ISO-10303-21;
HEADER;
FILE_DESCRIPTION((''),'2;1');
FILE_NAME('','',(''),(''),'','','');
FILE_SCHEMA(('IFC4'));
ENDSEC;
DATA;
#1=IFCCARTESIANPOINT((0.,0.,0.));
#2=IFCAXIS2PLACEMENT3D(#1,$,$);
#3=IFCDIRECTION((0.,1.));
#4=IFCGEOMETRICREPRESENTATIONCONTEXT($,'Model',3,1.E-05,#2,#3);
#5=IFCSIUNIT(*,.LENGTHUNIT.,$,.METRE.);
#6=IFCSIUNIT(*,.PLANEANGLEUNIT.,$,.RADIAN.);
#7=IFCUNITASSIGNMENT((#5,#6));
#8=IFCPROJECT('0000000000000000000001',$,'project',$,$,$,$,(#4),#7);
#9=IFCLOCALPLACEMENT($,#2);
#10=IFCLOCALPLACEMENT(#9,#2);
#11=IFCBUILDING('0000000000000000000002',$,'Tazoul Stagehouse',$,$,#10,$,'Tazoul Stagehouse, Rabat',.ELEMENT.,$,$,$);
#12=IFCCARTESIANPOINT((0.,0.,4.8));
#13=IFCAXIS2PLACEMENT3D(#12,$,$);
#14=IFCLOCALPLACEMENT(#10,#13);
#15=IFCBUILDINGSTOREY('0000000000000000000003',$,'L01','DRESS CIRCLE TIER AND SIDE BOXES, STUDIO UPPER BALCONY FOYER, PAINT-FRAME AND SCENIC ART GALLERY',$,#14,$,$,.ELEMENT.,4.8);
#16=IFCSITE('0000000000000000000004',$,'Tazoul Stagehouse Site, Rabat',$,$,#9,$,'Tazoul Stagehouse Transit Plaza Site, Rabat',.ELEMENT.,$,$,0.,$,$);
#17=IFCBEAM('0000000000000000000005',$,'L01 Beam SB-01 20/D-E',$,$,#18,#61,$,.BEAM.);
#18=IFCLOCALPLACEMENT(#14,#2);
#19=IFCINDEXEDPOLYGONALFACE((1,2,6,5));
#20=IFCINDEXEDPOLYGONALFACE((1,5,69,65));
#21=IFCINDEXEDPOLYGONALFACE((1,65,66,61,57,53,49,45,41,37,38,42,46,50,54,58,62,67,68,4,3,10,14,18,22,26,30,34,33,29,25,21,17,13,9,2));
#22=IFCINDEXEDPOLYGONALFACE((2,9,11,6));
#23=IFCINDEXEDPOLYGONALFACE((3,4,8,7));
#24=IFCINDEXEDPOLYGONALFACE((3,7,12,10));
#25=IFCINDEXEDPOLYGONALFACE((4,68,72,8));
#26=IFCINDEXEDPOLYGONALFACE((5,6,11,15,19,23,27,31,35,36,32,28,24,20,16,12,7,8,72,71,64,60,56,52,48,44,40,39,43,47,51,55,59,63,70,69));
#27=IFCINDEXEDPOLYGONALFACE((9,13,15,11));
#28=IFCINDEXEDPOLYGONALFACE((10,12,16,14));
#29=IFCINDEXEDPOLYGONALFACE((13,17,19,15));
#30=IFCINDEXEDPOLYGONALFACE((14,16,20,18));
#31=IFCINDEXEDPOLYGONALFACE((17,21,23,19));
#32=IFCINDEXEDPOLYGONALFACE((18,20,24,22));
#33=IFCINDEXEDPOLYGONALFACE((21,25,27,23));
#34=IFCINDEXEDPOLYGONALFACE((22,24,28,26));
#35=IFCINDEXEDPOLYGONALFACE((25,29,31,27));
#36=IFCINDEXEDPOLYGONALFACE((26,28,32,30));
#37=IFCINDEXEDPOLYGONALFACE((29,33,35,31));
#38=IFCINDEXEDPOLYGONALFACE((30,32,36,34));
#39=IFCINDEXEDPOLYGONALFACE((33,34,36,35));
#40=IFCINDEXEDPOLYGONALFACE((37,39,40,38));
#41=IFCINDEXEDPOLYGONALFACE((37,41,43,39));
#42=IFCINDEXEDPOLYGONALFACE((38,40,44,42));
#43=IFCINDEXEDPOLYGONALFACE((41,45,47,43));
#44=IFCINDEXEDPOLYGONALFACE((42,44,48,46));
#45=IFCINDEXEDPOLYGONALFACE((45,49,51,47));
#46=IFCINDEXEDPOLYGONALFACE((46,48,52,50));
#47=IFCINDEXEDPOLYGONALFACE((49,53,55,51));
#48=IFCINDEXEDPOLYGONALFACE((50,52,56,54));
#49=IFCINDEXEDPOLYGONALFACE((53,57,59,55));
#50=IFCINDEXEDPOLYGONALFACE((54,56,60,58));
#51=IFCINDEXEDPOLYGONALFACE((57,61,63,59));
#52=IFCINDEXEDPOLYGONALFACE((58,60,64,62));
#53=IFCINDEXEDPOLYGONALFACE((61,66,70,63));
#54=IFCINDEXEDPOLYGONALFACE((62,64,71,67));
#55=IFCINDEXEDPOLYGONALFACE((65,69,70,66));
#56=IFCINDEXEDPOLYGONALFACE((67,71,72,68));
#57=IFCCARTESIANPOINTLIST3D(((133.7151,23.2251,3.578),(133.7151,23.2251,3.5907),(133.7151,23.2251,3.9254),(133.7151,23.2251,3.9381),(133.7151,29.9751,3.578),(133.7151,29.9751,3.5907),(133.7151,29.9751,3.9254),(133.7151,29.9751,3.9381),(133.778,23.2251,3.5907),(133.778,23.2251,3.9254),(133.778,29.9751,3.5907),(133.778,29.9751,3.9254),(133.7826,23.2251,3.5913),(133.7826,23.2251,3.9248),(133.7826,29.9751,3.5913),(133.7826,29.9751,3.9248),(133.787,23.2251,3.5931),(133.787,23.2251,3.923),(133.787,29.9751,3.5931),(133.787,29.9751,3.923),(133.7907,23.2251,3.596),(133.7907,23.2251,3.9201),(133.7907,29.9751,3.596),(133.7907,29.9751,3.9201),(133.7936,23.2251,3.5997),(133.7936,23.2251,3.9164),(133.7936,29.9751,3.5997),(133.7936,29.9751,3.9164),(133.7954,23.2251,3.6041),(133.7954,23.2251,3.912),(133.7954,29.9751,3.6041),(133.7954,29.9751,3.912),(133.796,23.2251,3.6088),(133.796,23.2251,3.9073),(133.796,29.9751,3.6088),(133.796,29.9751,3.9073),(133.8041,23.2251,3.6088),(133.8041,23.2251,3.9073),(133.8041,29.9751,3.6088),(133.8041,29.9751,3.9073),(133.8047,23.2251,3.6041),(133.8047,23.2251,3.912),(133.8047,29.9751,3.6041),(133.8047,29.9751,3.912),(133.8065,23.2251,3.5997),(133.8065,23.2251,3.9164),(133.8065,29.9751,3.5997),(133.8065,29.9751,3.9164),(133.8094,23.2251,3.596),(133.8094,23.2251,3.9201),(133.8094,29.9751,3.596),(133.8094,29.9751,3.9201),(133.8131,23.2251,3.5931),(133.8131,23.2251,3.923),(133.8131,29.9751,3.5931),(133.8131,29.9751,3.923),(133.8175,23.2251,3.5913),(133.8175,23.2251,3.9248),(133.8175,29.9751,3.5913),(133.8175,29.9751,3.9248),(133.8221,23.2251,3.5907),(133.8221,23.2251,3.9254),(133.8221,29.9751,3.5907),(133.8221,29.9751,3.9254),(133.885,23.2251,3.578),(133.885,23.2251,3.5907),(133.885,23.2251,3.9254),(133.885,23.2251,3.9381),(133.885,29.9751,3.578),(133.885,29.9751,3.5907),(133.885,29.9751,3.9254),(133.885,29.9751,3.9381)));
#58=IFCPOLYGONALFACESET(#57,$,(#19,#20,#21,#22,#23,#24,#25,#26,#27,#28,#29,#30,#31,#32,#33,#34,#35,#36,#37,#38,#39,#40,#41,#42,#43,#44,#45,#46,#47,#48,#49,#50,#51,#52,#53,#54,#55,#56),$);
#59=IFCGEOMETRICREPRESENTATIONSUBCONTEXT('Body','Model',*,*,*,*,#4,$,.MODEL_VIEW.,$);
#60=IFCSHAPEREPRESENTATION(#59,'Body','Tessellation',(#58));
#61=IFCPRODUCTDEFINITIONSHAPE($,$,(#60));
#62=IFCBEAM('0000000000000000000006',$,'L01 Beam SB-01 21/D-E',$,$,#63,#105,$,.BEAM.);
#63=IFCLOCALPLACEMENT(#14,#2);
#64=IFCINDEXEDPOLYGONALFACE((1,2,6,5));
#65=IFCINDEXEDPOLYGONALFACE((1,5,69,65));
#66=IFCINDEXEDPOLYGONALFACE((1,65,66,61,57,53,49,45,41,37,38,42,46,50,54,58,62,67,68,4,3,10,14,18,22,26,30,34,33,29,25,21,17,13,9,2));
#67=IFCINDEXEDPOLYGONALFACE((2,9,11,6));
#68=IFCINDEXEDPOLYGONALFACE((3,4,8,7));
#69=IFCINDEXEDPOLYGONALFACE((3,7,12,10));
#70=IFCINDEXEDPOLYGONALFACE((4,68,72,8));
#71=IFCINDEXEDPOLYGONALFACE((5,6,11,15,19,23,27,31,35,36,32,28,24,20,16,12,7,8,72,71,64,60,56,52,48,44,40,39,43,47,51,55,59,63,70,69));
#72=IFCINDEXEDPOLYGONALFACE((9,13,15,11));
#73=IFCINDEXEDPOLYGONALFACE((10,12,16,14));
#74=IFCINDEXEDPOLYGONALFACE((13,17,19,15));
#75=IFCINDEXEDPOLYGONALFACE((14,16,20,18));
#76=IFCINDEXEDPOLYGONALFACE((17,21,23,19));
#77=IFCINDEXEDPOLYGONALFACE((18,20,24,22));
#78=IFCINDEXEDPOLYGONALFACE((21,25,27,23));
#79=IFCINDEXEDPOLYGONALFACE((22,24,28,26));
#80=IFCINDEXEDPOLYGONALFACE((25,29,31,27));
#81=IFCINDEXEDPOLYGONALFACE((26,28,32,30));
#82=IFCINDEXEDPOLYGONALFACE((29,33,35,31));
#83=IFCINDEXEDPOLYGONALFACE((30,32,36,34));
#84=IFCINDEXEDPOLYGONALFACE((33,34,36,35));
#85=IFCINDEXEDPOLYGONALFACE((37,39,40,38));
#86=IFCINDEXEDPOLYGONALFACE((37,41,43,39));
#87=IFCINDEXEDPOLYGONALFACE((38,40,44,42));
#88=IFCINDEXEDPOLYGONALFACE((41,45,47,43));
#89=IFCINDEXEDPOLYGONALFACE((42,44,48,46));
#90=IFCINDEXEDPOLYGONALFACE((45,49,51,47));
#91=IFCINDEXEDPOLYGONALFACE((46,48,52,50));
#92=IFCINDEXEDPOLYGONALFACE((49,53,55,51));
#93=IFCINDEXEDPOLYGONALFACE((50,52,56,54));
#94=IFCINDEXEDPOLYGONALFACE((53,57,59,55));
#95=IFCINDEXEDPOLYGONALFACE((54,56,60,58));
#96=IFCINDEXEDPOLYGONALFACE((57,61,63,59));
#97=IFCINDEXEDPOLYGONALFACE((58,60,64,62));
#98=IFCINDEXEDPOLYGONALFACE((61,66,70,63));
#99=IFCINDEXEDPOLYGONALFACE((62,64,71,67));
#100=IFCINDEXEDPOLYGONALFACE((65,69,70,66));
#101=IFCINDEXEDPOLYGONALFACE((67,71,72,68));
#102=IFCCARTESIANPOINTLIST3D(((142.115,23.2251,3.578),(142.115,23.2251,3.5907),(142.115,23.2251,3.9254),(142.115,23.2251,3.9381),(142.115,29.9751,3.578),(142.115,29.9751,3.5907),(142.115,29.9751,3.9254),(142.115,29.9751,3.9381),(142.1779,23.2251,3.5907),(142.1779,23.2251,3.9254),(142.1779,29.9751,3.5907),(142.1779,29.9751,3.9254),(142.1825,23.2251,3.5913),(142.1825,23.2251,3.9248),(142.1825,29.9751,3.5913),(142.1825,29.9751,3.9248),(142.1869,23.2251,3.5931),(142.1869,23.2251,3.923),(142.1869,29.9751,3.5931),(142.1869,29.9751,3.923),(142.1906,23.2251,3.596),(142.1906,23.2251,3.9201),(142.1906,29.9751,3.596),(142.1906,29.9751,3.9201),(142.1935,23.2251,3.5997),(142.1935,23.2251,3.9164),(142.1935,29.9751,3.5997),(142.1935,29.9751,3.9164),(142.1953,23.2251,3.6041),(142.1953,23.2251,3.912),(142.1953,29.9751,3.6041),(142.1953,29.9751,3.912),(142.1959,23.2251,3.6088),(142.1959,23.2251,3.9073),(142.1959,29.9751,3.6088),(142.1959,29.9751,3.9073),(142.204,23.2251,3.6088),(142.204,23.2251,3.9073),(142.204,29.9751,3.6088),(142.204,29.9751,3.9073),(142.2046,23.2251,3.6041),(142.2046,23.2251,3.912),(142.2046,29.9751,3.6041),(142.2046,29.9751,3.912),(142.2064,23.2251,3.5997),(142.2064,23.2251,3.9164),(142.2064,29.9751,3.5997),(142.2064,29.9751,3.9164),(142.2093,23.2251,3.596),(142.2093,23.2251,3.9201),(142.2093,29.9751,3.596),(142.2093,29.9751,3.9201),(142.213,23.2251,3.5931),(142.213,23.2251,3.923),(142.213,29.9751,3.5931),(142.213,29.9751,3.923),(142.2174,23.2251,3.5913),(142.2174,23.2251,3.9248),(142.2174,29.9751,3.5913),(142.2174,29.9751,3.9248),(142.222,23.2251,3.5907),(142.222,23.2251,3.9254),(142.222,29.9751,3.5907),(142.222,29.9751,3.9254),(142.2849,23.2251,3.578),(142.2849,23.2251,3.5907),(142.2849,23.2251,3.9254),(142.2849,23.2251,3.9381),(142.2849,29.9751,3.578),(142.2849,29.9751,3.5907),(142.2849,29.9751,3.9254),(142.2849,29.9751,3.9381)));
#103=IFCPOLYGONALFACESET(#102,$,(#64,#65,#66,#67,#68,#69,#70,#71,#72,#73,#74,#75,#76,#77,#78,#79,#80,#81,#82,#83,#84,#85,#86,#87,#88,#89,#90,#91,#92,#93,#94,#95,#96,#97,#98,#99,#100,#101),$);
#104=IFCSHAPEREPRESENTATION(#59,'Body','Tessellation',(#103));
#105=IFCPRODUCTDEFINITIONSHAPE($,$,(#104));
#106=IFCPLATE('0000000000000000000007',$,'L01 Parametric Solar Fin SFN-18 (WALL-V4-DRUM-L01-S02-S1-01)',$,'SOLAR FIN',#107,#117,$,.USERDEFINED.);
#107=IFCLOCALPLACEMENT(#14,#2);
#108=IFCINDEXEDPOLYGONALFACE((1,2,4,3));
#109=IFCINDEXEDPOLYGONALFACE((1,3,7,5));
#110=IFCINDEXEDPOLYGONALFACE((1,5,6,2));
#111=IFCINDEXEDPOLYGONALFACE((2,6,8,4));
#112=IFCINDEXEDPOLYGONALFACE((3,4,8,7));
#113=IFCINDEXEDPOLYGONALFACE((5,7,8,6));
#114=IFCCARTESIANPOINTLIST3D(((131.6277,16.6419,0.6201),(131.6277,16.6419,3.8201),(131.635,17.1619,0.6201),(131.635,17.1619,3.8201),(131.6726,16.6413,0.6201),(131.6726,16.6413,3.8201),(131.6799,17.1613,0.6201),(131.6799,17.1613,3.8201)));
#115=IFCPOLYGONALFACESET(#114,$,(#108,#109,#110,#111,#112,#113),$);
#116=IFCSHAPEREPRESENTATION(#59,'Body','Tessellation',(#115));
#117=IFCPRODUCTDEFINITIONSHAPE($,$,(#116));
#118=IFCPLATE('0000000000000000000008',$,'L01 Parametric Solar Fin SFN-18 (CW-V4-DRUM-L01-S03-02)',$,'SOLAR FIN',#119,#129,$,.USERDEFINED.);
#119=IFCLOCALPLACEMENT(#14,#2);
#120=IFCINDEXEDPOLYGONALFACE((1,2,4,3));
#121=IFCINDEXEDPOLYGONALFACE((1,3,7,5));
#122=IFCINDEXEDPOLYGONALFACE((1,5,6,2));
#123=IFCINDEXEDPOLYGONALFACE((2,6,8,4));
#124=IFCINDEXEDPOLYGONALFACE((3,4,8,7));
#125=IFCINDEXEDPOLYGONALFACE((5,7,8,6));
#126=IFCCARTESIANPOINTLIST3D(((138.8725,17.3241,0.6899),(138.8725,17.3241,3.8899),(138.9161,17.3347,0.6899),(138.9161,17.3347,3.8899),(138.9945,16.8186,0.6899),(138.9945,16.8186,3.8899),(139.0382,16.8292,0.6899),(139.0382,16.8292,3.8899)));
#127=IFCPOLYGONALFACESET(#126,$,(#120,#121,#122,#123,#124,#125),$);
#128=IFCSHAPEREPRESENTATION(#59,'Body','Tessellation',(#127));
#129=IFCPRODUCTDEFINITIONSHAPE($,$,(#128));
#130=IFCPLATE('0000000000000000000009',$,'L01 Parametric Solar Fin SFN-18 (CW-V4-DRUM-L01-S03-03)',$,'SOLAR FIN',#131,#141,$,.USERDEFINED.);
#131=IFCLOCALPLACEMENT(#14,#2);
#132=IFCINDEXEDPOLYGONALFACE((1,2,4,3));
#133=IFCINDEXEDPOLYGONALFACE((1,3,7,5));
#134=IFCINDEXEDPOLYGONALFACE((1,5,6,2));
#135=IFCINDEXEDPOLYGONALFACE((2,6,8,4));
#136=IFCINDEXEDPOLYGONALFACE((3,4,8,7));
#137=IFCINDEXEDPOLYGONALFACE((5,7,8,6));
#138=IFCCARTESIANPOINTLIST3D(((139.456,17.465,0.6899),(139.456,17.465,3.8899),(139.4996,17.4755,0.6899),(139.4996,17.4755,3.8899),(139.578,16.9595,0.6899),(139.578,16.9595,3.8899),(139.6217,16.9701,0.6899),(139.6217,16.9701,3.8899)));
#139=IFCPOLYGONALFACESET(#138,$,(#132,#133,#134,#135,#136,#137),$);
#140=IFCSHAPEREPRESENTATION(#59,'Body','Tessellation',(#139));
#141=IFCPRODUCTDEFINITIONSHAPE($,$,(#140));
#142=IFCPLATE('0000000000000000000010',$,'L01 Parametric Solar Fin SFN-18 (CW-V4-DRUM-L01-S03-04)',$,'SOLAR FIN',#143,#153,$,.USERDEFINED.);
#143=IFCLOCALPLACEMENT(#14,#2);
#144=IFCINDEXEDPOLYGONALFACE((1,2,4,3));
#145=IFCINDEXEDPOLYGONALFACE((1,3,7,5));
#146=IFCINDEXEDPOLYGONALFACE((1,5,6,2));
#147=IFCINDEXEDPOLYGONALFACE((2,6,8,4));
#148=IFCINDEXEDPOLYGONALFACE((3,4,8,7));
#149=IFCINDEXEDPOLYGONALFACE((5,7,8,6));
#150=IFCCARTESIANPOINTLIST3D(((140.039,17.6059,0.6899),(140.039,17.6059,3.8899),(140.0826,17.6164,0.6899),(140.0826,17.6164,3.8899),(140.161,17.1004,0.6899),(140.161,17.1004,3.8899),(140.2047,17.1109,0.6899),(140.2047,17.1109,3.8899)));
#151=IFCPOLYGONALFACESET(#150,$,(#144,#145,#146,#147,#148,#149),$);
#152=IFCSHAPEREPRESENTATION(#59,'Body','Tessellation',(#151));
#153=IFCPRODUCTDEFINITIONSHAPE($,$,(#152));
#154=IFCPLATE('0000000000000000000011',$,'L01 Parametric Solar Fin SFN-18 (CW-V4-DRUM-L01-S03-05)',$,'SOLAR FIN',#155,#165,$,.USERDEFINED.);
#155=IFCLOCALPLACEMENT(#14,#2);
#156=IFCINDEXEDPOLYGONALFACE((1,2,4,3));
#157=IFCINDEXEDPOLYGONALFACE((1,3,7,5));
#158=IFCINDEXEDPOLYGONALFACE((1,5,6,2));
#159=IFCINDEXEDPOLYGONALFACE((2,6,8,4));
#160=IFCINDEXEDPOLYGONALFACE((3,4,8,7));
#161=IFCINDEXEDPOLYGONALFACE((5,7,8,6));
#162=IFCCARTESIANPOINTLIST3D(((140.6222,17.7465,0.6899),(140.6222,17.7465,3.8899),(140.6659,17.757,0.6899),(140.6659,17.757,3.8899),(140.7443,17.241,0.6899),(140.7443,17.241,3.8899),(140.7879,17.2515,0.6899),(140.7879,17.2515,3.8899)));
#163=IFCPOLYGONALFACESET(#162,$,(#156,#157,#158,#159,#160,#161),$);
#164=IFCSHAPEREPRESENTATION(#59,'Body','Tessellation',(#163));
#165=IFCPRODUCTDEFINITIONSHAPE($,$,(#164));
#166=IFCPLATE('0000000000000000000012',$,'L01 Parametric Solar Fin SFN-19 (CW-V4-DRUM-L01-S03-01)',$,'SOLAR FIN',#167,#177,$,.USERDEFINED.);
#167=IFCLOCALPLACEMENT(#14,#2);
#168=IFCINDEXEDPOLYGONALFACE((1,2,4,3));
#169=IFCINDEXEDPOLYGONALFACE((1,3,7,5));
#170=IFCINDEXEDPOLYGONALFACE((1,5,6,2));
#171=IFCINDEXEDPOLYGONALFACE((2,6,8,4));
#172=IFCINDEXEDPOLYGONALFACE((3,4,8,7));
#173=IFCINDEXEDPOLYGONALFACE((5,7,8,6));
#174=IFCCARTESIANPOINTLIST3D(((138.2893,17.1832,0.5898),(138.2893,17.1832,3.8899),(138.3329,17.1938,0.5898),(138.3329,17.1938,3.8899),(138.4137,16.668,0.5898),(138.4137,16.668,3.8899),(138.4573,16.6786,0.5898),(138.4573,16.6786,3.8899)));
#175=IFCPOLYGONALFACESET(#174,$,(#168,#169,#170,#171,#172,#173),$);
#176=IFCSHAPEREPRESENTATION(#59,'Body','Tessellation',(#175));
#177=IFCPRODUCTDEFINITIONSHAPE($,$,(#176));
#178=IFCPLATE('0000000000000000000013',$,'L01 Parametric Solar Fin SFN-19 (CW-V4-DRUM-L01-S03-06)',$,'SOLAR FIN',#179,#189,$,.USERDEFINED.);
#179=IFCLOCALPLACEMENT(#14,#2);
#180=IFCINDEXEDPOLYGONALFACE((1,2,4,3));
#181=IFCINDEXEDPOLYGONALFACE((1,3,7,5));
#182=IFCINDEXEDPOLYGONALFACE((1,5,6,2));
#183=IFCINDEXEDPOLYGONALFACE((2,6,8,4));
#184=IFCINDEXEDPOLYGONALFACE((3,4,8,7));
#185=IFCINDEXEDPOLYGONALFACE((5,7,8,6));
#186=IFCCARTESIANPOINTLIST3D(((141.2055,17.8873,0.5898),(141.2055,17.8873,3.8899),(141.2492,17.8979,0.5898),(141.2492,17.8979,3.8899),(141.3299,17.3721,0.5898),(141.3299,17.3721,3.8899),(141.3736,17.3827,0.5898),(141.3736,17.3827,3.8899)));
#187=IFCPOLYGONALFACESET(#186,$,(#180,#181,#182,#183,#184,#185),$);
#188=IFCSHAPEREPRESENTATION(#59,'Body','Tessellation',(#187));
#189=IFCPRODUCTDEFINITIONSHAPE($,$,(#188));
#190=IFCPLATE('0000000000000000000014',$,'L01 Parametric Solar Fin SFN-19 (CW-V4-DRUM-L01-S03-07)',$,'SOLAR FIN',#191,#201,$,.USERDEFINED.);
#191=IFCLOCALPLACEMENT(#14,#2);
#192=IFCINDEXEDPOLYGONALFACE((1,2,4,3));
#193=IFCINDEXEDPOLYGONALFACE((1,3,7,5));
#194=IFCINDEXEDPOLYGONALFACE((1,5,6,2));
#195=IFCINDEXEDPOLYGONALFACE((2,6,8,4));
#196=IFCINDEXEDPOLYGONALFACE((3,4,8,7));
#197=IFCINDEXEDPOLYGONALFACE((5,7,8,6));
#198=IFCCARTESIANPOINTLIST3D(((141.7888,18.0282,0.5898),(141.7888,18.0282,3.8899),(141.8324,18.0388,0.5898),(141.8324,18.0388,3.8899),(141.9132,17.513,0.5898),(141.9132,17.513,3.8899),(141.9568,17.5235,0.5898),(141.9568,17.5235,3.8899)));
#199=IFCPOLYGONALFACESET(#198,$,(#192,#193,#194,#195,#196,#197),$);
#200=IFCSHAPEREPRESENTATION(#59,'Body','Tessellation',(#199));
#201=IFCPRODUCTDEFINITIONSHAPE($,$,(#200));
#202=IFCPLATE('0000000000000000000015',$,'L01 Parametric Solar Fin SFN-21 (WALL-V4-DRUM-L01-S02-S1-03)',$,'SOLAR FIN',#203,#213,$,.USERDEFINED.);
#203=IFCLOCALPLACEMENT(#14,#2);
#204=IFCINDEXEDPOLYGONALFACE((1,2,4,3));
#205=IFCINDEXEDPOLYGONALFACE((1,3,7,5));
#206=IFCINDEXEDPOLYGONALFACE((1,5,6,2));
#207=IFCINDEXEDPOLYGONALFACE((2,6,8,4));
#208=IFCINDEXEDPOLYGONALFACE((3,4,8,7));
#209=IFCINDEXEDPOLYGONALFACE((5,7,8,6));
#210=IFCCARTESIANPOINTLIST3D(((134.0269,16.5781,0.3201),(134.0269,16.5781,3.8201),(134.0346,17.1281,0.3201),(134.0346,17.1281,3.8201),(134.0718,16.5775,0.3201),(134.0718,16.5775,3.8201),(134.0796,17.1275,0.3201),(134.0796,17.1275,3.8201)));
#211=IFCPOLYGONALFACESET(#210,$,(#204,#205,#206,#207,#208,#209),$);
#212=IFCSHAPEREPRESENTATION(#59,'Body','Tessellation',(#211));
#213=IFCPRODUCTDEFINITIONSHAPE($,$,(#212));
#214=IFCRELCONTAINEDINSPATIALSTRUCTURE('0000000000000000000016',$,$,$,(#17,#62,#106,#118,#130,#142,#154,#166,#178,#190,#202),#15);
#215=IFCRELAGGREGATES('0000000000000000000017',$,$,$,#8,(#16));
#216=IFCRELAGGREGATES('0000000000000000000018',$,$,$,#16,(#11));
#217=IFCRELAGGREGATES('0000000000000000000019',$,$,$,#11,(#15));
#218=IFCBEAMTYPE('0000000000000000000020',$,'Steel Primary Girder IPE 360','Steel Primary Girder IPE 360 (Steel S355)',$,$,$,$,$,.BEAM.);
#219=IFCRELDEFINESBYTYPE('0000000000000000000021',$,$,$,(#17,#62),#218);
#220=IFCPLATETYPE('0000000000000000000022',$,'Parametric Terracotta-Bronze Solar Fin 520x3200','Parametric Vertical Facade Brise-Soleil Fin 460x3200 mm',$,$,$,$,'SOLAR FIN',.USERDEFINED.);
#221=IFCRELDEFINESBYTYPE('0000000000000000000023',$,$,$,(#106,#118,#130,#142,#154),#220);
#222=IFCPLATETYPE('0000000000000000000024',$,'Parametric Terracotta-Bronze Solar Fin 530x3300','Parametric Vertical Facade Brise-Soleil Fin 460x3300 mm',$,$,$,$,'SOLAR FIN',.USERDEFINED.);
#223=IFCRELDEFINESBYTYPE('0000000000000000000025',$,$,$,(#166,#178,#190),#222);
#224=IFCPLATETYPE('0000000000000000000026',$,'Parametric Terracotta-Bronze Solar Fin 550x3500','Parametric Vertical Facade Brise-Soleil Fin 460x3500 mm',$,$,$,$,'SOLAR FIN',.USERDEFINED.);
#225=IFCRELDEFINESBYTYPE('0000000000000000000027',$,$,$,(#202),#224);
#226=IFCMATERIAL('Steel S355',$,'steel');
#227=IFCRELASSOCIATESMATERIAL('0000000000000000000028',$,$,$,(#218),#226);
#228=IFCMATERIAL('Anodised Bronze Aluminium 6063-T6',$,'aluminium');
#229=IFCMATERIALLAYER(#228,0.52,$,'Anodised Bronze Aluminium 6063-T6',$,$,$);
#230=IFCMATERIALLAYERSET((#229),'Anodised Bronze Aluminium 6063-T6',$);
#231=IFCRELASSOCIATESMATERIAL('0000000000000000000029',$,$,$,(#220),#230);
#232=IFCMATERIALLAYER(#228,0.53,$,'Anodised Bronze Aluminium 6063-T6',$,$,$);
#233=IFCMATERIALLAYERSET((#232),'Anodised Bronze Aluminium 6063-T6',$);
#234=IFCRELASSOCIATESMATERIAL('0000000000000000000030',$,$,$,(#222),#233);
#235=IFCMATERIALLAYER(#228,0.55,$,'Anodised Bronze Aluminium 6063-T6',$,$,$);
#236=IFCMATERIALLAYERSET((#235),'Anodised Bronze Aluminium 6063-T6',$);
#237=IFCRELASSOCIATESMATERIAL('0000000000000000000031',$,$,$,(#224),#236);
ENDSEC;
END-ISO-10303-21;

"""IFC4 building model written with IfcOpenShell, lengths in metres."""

from ifc_helpers import new_model, si_unit, direction, frame, origin, origin_2d, place, context, subcontext, project, spatial, rectangle, i_section, extrude, material, layer, layer_set, material_profile, profile_set, type_object, element, save


model = new_model("IFC4")

# Units and contexts
model_context = context("Model", 3, precision=1e-05, world=origin(), true_north=direction((0.0, 1.0)))
body_context = subcontext(model_context, "Body", "Model", "MODEL_VIEW")
ifc_project = project(units=[si_unit("LENGTHUNIT", "METRE"), si_unit("PLANEANGLEUNIT", "RADIAN")], contexts=[model_context])

# Site, building, storey
site_placement = place(None, origin())
site = spatial("IfcSite", under=ifc_project, at=site_placement, Name="Tazoul Stagehouse Site, Rabat", LongName="Tazoul Stagehouse Transit Plaza Site, Rabat", CompositionType="ELEMENT", RefElevation=0.0)
building_placement = place(site_placement, origin())
building = spatial("IfcBuilding", under=site, at=building_placement, Name="Tazoul Stagehouse", LongName="Tazoul Stagehouse, Rabat", CompositionType="ELEMENT")
storey_placement = place(building_placement, frame((0.0, 0.0, 4.8)))
storey = spatial("IfcBuildingStorey", under=building, at=storey_placement, Name="L01", Description="DRESS CIRCLE TIER AND SIDE BOXES, STUDIO UPPER BALCONY FOYER, PAINT-FRAME AND SCENIC ART GALLERY", CompositionType="ELEMENT", Elevation=4.8)

# Beams
ifc_material_1 = material(Name="Steel S355", Category="steel")
ifc_material_profile_1 = material_profile(ifc_material_1, i_section(OverallWidth=0.1699, OverallDepth=0.3601, WebThickness=0.0081, FlangeThickness=0.0127, FilletRadius=0.0181, at=origin_2d()), Name="IPE 360")
ifc_profile_set_1 = profile_set([ifc_material_profile_1], Name="Steel S355")
beam_type_1 = type_object("IfcBeamType", Name="Steel Primary Girder IPE 360", Description="Steel Primary Girder IPE 360 (Steel S355)", PredefinedType="BEAM", material=ifc_profile_set_1)
for number, where, z_axis, x_axis, name in (
    (1, (133.8, 23.2251, 3.7581), (0.0, 1.0, 0.0), (-1.0, 0.0, 0.0), "L01 Beam SB-01 20/D-E"),
    (2, (142.2, 23.2251, 3.7581), (0.0, 1.0, 0.0), (-1.0, 0.0, 0.0), "L01 Beam SB-01 21/D-E"),
):
    element("IfcBeam", number, at=place(storey_placement, frame(where, z_axis=z_axis, x_axis=x_axis)), inside=storey, type_object=beam_type_1, Name=name, PredefinedType="BEAM", context=body_context, shape_type="SweptSolid", body=[
        extrude(i_section(OverallWidth=0.1699, OverallDepth=0.3601, WebThickness=0.0081, FlangeThickness=0.0127, FilletRadius=0.0181, at=origin_2d()), origin(), (0.0, 0.0, 1.0), 6.75),
    ])

# Plates
ifc_material_2 = material(Name="Anodised Bronze Aluminium 6063-T6", Category="aluminium")
ifc_layer_1 = layer(ifc_material_2, 0.52, Name="Anodised Bronze Aluminium 6063-T6")
ifc_layer_set_1 = layer_set([ifc_layer_1], Name="Anodised Bronze Aluminium 6063-T6")
plate_type_1 = type_object("IfcPlateType", Name="Parametric Terracotta-Bronze Solar Fin 520x3200", Description="Parametric Vertical Facade Brise-Soleil Fin 460x3200 mm", ElementType="SOLAR FIN", PredefinedType="USERDEFINED", material=ifc_layer_set_1)
for number, where, z_axis, x_axis, name in (
    (3, (131.6538, 16.9016, 0.6201), (0.0, 0.0, 1.0), (0.9999, -0.014109, 0.0), "L01 Parametric Solar Fin SFN-18 (WALL-V4-DRUM-L01-S02-S1-01)"),
    (4, (138.9553, 17.0767, 0.6899), (0.0, 0.0, 1.0), (0.972063, 0.23472, 0.0), "L01 Parametric Solar Fin SFN-18 (CW-V4-DRUM-L01-S03-02)"),
    (5, (139.5388, 17.2175, 0.6899), (0.0, 0.0, 1.0), (0.972063, 0.23472, 0.0), "L01 Parametric Solar Fin SFN-18 (CW-V4-DRUM-L01-S03-03)"),
    (6, (140.1218, 17.3584, 0.6899), (0.0, 0.0, 1.0), (0.972063, 0.23472, 0.0), "L01 Parametric Solar Fin SFN-18 (CW-V4-DRUM-L01-S03-04)"),
    (7, (140.7051, 17.499, 0.6899), (0.0, 0.0, 1.0), (0.972063, 0.23472, 0.0), "L01 Parametric Solar Fin SFN-18 (CW-V4-DRUM-L01-S03-05)"),
):
    element("IfcPlate", number, at=place(storey_placement, frame(where, z_axis=z_axis, x_axis=x_axis)), inside=storey, type_object=plate_type_1, Name=name, ObjectType="SOLAR FIN", PredefinedType="USERDEFINED", context=body_context, shape_type="SweptSolid", body=[
        extrude(rectangle(XDim=0.0449, YDim=0.52, at=origin_2d()), origin(), (0.0, 0.0, 1.0), 3.2),
    ])
ifc_layer_2 = layer(ifc_material_2, 0.53, Name="Anodised Bronze Aluminium 6063-T6")
ifc_layer_set_2 = layer_set([ifc_layer_2], Name="Anodised Bronze Aluminium 6063-T6")
plate_type_2 = type_object("IfcPlateType", Name="Parametric Terracotta-Bronze Solar Fin 530x3300", Description="Parametric Vertical Facade Brise-Soleil Fin 460x3300 mm", ElementType="SOLAR FIN", PredefinedType="USERDEFINED", material=ifc_layer_set_2)
for number, where, z_axis, x_axis, name in (
    (8, (138.3733, 16.9309, 0.5898), (0.0, 0.0, 1.0), (0.972063, 0.23472, 0.0), "L01 Parametric Solar Fin SFN-19 (CW-V4-DRUM-L01-S03-01)"),
    (9, (141.2896, 17.635, 0.5898), (0.0, 0.0, 1.0), (0.972063, 0.23472, 0.0), "L01 Parametric Solar Fin SFN-19 (CW-V4-DRUM-L01-S03-06)"),
    (10, (141.8728, 17.7759, 0.5898), (0.0, 0.0, 1.0), (0.972063, 0.23472, 0.0), "L01 Parametric Solar Fin SFN-19 (CW-V4-DRUM-L01-S03-07)"),
):
    element("IfcPlate", number, at=place(storey_placement, frame(where, z_axis=z_axis, x_axis=x_axis)), inside=storey, type_object=plate_type_2, Name=name, ObjectType="SOLAR FIN", PredefinedType="USERDEFINED", context=body_context, shape_type="SweptSolid", body=[
        extrude(rectangle(XDim=0.0449, YDim=0.53, at=origin_2d()), origin(), (0.0, 0.0, 1.0), 3.3),
    ])
ifc_layer_3 = layer(ifc_material_2, 0.55, Name="Anodised Bronze Aluminium 6063-T6")
ifc_layer_set_3 = layer_set([ifc_layer_3], Name="Anodised Bronze Aluminium 6063-T6")
plate_type_3 = type_object("IfcPlateType", Name="Parametric Terracotta-Bronze Solar Fin 550x3500", Description="Parametric Vertical Facade Brise-Soleil Fin 460x3500 mm", ElementType="SOLAR FIN", PredefinedType="USERDEFINED", material=ifc_layer_set_3)
for number, where, z_axis, x_axis, name in (
    (11, (134.0532, 16.8528, 0.3201), (0.0, 0.0, 1.0), (0.9999, -0.014109, 0.0), "L01 Parametric Solar Fin SFN-21 (WALL-V4-DRUM-L01-S02-S1-03)"),
):
    element("IfcPlate", number, at=place(storey_placement, frame(where, z_axis=z_axis, x_axis=x_axis)), inside=storey, type_object=plate_type_3, Name=name, ObjectType="SOLAR FIN", PredefinedType="USERDEFINED", context=body_context, shape_type="SweptSolid", body=[
        extrude(rectangle(XDim=0.0449, YDim=0.55, at=origin_2d()), origin(), (0.0, 0.0, 1.0), 3.5),
    ])

save(model, "model.ifc")
